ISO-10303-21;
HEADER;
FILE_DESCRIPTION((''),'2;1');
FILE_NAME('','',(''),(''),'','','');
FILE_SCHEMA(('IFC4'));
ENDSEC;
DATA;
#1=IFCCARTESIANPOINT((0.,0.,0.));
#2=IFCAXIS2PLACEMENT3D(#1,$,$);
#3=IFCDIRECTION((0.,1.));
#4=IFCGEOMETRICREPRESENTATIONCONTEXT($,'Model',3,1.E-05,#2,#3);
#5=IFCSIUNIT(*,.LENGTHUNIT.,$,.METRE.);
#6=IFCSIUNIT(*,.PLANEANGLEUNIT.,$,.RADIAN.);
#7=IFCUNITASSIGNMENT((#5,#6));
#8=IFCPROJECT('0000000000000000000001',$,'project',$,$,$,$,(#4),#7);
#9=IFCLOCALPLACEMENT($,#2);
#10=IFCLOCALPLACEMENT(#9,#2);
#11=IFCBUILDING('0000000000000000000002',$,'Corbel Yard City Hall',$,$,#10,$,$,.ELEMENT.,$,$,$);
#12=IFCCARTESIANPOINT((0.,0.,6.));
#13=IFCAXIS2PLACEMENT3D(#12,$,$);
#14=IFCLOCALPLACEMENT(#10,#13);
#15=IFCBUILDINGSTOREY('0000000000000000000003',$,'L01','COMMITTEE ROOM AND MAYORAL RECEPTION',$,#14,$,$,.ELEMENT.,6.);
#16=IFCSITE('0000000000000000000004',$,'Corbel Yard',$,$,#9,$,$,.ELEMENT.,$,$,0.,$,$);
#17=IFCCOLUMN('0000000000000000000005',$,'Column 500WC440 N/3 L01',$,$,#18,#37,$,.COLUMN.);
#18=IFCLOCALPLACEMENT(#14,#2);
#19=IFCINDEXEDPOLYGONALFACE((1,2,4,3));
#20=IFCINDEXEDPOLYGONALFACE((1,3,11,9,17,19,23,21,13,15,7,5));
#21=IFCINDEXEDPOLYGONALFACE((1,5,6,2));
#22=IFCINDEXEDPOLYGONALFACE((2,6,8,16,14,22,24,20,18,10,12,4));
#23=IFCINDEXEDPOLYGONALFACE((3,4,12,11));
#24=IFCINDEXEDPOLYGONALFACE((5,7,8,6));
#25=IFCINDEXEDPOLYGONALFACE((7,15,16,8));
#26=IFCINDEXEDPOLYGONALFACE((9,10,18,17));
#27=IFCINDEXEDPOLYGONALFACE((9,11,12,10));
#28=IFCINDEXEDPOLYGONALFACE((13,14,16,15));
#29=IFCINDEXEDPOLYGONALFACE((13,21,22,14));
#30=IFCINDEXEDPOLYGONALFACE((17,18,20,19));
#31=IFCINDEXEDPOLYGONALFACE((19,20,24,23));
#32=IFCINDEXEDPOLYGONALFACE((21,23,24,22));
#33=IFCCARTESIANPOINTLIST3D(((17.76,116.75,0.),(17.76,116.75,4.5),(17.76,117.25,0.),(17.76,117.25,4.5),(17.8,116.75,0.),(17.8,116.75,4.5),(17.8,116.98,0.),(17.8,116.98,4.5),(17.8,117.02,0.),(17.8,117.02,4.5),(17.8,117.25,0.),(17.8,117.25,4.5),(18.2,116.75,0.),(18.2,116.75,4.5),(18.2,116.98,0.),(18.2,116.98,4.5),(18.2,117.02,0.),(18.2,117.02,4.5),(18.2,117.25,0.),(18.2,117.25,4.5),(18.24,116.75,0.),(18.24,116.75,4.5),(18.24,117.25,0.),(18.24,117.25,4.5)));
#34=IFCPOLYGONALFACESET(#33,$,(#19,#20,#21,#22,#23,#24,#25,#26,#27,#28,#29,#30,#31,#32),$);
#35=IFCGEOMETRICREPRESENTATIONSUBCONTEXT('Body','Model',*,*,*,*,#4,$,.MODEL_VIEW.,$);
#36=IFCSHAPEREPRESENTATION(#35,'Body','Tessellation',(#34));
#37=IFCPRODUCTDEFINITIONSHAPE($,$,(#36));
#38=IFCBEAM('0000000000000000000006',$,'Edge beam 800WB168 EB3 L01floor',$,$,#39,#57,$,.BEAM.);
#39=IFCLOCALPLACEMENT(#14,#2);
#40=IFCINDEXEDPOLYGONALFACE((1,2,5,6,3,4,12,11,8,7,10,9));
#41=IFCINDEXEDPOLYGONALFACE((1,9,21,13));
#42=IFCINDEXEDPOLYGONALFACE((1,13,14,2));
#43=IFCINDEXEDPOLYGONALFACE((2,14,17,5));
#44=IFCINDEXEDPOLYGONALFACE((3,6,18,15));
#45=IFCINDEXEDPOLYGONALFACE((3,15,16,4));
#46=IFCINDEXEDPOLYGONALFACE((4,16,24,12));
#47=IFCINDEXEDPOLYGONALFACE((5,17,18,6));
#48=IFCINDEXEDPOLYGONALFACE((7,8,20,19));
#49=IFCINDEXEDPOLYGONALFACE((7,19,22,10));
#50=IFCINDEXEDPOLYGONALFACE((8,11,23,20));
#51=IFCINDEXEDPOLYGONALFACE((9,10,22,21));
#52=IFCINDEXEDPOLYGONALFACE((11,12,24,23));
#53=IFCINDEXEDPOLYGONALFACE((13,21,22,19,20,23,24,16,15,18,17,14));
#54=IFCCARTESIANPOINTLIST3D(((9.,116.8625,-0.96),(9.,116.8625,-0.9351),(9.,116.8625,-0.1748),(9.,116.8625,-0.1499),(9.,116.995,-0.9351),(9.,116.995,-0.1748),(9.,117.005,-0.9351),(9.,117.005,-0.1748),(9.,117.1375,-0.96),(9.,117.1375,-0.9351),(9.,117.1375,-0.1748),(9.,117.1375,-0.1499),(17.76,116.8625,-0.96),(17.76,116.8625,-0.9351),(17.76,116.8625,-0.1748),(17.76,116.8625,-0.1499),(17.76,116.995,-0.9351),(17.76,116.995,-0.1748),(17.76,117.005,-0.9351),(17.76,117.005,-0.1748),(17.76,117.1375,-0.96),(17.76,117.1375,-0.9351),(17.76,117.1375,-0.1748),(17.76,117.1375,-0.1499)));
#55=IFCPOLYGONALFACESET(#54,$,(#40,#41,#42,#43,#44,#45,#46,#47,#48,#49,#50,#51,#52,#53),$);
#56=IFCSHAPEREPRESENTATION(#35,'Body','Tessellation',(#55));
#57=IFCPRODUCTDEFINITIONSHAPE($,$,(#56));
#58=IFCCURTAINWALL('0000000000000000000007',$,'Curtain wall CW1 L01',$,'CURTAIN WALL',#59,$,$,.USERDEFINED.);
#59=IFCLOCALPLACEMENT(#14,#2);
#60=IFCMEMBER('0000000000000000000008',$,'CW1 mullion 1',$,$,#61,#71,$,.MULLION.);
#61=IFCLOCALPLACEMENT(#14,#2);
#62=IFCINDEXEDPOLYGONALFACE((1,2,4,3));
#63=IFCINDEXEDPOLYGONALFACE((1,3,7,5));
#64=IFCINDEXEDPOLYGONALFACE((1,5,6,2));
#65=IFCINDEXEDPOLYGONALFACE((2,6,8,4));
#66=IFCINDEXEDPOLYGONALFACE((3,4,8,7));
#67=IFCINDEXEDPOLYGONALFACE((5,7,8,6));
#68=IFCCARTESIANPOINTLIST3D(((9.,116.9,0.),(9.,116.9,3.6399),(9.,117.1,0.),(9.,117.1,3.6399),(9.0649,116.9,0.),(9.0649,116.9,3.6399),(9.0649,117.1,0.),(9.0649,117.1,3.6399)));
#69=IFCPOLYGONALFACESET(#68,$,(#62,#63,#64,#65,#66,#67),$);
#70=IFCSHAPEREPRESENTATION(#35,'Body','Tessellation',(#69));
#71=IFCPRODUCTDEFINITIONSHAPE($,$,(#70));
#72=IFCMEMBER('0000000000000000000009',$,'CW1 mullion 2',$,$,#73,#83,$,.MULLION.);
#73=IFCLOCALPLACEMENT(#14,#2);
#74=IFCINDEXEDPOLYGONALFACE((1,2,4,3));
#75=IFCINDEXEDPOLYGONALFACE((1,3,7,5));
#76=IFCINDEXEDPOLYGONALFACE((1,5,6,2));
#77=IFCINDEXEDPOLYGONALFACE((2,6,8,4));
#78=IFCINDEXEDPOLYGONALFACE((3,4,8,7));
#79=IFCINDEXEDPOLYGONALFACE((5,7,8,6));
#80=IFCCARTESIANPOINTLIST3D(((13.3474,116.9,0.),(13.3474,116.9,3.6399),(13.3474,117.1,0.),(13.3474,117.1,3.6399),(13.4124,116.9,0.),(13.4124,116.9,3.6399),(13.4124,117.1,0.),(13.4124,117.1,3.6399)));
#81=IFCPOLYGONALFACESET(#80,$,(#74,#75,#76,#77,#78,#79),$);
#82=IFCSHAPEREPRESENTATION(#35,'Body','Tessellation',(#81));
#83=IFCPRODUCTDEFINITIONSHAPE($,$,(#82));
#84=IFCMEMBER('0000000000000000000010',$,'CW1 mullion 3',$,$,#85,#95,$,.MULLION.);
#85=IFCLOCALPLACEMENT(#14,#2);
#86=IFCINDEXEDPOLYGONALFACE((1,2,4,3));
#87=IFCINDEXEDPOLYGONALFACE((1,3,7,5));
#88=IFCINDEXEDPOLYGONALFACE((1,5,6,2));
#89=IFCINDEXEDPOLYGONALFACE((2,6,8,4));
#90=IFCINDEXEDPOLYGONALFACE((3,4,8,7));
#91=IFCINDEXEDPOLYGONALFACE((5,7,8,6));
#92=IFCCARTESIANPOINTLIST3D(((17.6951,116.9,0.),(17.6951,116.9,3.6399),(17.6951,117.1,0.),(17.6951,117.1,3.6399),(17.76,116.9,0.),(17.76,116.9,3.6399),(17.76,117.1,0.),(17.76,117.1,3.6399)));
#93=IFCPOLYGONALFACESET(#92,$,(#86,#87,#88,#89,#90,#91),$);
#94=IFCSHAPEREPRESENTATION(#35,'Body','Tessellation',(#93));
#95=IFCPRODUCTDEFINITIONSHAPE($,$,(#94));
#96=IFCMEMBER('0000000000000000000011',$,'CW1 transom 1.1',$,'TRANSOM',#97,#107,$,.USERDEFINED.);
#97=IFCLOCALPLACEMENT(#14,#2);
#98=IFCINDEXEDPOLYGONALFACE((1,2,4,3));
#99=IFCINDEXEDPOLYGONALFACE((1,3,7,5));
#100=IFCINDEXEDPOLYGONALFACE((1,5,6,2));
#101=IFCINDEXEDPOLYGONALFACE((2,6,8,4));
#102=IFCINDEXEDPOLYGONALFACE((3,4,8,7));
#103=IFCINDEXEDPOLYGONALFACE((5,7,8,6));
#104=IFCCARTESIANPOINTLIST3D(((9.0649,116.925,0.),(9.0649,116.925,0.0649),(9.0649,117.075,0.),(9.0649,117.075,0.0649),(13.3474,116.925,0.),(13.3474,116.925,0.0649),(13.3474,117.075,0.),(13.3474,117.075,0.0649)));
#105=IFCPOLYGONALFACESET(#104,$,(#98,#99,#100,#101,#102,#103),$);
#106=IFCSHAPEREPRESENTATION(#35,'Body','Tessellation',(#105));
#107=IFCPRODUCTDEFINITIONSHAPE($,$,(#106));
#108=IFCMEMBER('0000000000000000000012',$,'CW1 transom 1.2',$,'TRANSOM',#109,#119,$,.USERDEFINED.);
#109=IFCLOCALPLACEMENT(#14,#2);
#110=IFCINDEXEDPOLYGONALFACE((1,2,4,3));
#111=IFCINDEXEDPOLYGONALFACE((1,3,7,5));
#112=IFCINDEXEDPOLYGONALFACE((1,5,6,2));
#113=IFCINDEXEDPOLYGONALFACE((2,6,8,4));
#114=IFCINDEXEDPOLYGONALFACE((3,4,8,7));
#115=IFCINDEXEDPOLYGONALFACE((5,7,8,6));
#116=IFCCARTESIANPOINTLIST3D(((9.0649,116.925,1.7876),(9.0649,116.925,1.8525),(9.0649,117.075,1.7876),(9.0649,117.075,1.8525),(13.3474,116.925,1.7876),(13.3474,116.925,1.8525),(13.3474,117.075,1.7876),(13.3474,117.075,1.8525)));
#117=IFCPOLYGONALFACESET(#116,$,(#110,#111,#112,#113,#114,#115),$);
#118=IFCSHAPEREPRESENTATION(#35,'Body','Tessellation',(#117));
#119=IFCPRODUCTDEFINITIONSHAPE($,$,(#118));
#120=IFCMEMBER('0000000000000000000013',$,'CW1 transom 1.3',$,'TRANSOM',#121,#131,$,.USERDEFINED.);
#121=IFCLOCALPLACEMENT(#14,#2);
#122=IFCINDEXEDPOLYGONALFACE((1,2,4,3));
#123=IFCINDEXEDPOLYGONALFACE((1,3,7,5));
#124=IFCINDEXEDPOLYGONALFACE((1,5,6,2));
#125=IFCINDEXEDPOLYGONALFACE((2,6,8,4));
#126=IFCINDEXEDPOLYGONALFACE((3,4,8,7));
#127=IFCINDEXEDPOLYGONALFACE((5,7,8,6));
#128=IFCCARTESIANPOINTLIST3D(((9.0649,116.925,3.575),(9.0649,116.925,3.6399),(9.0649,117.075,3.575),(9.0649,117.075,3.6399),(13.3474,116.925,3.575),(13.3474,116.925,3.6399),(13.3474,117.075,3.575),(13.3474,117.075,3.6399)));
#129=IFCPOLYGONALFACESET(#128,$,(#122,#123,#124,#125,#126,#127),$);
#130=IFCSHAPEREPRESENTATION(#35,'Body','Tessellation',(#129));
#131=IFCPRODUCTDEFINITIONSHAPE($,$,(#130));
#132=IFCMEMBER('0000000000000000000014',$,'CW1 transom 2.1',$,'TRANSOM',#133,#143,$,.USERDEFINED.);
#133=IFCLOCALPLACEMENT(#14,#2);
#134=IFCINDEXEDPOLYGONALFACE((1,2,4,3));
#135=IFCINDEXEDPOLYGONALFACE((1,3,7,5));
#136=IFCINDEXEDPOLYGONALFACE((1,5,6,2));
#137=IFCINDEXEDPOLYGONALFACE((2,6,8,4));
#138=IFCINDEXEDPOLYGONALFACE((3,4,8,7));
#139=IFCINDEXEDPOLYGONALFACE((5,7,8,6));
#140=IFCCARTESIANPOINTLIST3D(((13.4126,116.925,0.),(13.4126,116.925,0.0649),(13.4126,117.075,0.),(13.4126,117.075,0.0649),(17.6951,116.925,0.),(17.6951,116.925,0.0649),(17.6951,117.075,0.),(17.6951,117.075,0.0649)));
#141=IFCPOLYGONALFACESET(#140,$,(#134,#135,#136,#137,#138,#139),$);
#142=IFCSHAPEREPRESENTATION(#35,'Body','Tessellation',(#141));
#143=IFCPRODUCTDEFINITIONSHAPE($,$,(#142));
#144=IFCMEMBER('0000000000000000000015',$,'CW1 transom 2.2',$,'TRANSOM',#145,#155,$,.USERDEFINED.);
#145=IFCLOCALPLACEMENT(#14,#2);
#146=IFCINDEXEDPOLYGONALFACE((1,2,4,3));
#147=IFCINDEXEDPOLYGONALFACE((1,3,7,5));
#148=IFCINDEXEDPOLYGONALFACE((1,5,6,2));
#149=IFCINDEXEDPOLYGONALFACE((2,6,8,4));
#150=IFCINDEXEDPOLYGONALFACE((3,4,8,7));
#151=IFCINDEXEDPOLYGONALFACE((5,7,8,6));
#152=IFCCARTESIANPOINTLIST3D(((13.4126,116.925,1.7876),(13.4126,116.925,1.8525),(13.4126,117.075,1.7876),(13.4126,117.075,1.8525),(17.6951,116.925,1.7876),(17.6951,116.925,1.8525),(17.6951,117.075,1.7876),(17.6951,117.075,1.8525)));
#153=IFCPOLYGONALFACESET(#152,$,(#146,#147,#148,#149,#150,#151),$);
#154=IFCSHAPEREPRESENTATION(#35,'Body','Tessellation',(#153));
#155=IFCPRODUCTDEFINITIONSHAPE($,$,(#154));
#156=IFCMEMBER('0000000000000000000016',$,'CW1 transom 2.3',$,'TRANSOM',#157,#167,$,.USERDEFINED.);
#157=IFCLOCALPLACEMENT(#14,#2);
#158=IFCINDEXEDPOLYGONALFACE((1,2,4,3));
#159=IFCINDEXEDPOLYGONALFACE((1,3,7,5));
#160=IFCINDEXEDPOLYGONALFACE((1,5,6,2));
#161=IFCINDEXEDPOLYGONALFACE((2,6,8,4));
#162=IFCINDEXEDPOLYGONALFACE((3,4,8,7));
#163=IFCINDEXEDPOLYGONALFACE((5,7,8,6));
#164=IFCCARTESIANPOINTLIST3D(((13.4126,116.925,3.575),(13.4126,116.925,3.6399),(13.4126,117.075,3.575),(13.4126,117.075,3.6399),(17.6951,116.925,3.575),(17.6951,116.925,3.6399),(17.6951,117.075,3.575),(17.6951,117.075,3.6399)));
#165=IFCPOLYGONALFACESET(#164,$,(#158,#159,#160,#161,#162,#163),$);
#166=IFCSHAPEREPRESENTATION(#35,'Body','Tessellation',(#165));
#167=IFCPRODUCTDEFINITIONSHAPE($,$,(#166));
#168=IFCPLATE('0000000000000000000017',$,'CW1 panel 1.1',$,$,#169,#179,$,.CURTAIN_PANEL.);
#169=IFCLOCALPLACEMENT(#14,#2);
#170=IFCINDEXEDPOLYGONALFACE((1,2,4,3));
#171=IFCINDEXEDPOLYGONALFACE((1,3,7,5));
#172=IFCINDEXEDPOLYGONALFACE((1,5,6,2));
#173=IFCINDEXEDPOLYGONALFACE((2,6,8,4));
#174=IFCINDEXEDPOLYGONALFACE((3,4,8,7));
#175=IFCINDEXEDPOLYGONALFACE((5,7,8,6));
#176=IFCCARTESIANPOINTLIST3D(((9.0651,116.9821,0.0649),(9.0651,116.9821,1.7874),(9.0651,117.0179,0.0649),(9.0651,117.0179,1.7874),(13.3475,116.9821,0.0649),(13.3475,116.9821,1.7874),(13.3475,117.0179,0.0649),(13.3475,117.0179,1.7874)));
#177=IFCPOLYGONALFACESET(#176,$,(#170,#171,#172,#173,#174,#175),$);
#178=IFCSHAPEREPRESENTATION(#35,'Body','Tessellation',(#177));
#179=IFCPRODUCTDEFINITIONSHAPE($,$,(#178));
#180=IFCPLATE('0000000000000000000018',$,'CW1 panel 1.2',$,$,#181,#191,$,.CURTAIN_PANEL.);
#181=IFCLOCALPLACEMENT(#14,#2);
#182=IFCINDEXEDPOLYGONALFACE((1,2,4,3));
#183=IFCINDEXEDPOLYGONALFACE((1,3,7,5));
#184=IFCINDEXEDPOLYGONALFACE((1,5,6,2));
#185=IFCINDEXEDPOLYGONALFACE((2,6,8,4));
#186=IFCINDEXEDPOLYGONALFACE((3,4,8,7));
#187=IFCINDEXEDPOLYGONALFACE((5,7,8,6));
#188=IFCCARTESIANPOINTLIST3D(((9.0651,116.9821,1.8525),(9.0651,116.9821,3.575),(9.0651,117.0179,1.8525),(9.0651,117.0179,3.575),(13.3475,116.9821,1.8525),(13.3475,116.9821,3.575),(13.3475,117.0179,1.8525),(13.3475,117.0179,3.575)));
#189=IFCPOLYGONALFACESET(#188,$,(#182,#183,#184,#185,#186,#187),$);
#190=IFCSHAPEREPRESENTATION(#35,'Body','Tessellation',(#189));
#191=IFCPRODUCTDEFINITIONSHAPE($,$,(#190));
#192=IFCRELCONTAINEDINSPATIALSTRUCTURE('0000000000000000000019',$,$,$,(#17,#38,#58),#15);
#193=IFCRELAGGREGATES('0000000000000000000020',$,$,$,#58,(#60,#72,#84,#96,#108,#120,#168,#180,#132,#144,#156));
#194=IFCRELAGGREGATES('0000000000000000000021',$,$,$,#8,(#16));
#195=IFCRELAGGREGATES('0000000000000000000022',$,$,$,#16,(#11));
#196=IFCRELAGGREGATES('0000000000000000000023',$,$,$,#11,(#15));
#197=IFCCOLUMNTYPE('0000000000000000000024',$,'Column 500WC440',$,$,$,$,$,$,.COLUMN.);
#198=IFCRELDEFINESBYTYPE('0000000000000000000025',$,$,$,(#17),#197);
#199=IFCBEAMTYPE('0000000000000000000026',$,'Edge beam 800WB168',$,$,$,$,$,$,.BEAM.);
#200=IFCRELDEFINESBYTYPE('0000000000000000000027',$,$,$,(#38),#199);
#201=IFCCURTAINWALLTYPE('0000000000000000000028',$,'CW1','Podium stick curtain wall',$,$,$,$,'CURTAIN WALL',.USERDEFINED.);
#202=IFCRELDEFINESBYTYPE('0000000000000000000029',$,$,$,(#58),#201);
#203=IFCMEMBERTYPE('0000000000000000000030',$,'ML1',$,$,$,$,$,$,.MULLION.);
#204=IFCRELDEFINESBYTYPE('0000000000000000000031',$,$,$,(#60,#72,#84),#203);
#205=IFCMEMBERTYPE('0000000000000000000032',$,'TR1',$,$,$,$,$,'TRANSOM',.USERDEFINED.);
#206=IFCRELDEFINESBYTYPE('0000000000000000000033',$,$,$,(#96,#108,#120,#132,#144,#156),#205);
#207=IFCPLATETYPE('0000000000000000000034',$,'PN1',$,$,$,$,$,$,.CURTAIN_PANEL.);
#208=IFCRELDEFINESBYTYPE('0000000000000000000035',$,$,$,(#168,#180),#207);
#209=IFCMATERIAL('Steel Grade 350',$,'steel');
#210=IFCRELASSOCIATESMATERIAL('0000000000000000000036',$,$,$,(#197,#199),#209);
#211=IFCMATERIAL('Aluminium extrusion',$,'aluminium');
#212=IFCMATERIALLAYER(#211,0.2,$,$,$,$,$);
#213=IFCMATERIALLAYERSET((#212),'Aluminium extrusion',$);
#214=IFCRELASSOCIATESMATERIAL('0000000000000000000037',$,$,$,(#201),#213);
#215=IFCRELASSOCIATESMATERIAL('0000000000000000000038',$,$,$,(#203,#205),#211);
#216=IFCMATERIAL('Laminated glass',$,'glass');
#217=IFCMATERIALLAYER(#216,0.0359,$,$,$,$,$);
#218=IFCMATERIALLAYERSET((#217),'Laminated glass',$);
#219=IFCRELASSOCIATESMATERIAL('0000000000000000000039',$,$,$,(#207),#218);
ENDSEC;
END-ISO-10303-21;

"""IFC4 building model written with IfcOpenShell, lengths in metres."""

from ifc_helpers import new_model, si_unit, direction, frame, origin, origin_2d, place, context, subcontext, project, spatial, rectangle, i_section, extrude, material, layer, layer_set, material_profile, profile_set, type_object, element, aggregate, save


model = new_model("IFC4")

# Units and contexts
model_context = context("Model", 3, precision=1e-05, world=origin(), true_north=direction((0.0, 1.0)))
body_context = subcontext(model_context, "Body", "Model", "MODEL_VIEW")
ifc_project = project(units=[si_unit("LENGTHUNIT", "METRE"), si_unit("PLANEANGLEUNIT", "RADIAN")], contexts=[model_context])

# Site, building, storey
site_placement = place(None, origin())
site = spatial("IfcSite", under=ifc_project, at=site_placement, Name="Corbel Yard", CompositionType="ELEMENT", RefElevation=0.0)
building_placement = place(site_placement, origin())
building = spatial("IfcBuilding", under=site, at=building_placement, Name="Corbel Yard City Hall", CompositionType="ELEMENT")
storey_placement = place(building_placement, frame((0.0, 0.0, 6.0)))
storey = spatial("IfcBuildingStorey", under=building, at=storey_placement, Name="L01", Description="COMMITTEE ROOM AND MAYORAL RECEPTION", CompositionType="ELEMENT", Elevation=6.0)

# Column
ifc_material_1 = material(Name="Steel Grade 350", Category="steel")
ifc_material_profile_1 = material_profile(ifc_material_1, i_section(OverallWidth=0.5, OverallDepth=0.48, WebThickness=0.04, FlangeThickness=0.04, at=origin_2d()), Name="500WC440")
ifc_profile_set_1 = profile_set([ifc_material_profile_1], Name="Steel Grade 350")
column_type = type_object("IfcColumnType", Name="Column 500WC440", PredefinedType="COLUMN", material=ifc_profile_set_1)
column_placement = place(storey_placement, frame((18.0, 117.0, 0.0), z_axis=(0.0, 0.0, 1.0), x_axis=(0.0, 1.0, 0.0)))
element("IfcColumn", 1, at=column_placement, inside=storey, type_object=column_type, Name="Column 500WC440 N/3 L01", PredefinedType="COLUMN", context=body_context, shape_type="SweptSolid", body=[
    extrude(i_section(OverallWidth=0.5, OverallDepth=0.48, WebThickness=0.04, FlangeThickness=0.04, at=origin_2d()), origin(), (0.0, 0.0, 1.0), 4.5),
])

# Beam
ifc_material_profile_2 = material_profile(ifc_material_1, i_section(OverallWidth=0.2749, OverallDepth=0.8101, WebThickness=0.01, FlangeThickness=0.0249, at=origin_2d()), Name="800WB168")
ifc_profile_set_2 = profile_set([ifc_material_profile_2], Name="Steel Grade 350")
beam_type = type_object("IfcBeamType", Name="Edge beam 800WB168", PredefinedType="BEAM", material=ifc_profile_set_2)
beam_placement = place(storey_placement, frame((9.0, 117.0, -0.5549), z_axis=(1.0, 0.0, 0.0), x_axis=(0.0, 1.0, 0.0)))
element("IfcBeam", 2, at=beam_placement, inside=storey, type_object=beam_type, Name="Edge beam 800WB168 EB3 L01floor", PredefinedType="BEAM", context=body_context, shape_type="SweptSolid", body=[
    extrude(i_section(OverallWidth=0.2749, OverallDepth=0.8101, WebThickness=0.01, FlangeThickness=0.0249, at=origin_2d()), origin(), (0.0, 0.0, 1.0), 8.76),
])

# Curtain wall, members, plates
ifc_material_2 = material(Name="Aluminium extrusion", Category="aluminium")
ifc_layer_1 = layer(ifc_material_2, 0.2)
ifc_layer_set_1 = layer_set([ifc_layer_1], Name="Aluminium extrusion")
curtain_wall_type = type_object("IfcCurtainWallType", Name="CW1", Description="Podium stick curtain wall", ElementType="CURTAIN WALL", PredefinedType="USERDEFINED", material=ifc_layer_set_1)
curtain_wall_placement = place(storey_placement, origin())
curtain_wall = element("IfcCurtainWall", 3, at=curtain_wall_placement, inside=storey, type_object=curtain_wall_type, Name="Curtain wall CW1 L01", ObjectType="CURTAIN WALL", PredefinedType="USERDEFINED")
ifc_material_profile_3 = material_profile(ifc_material_2, rectangle(XDim=0.2, YDim=0.0649, at=origin_2d()), Name="200x65")
ifc_profile_set_3 = profile_set([ifc_material_profile_3], Name="Aluminium extrusion")
member_type_1 = type_object("IfcMemberType", Name="ML1", PredefinedType="MULLION", material=ifc_profile_set_3)
member_1_placement = place(storey_placement, frame((9.0325, 117.0, 0.0), z_axis=(0.0, 0.0, 1.0), x_axis=(0.0, 1.0, 0.0)))
member_1 = element("IfcMember", 4, at=member_1_placement, type_object=member_type_1, Name="CW1 mullion 1", PredefinedType="MULLION", context=body_context, shape_type="SweptSolid", body=[
    extrude(rectangle(XDim=0.2, YDim=0.0649, at=origin_2d()), origin(), (0.0, 0.0, 1.0), 3.6399),
])
member_2_placement = place(storey_placement, frame((13.3799, 117.0, 0.0), z_axis=(0.0, 0.0, 1.0), x_axis=(0.0, 1.0, 0.0)))
member_2 = element("IfcMember", 5, at=member_2_placement, type_object=member_type_1, Name="CW1 mullion 2", PredefinedType="MULLION", context=body_context, shape_type="SweptSolid", body=[
    extrude(rectangle(XDim=0.2, YDim=0.0649, at=origin_2d()), origin(), (0.0, 0.0, 1.0), 3.6399),
])
member_3_placement = place(storey_placement, frame((17.7275, 117.0, 0.0), z_axis=(0.0, 0.0, 1.0), x_axis=(0.0, 1.0, 0.0)))
member_3 = element("IfcMember", 6, at=member_3_placement, type_object=member_type_1, Name="CW1 mullion 3", PredefinedType="MULLION", context=body_context, shape_type="SweptSolid", body=[
    extrude(rectangle(XDim=0.2, YDim=0.0649, at=origin_2d()), origin(), (0.0, 0.0, 1.0), 3.6399),
])
ifc_material_profile_4 = material_profile(ifc_material_2, rectangle(XDim=0.1499, YDim=0.0649, at=origin_2d()), Name="150x65")
ifc_profile_set_4 = profile_set([ifc_material_profile_4], Name="Aluminium extrusion")
member_type_2 = type_object("IfcMemberType", Name="TR1", ElementType="TRANSOM", PredefinedType="USERDEFINED", material=ifc_profile_set_4)
member_4_placement = place(storey_placement, frame((9.0649, 117.0, 0.0325), z_axis=(1.0, 0.0, 0.0), x_axis=(0.0, 1.0, 0.0)))
member_4 = element("IfcMember", 7, at=member_4_placement, type_object=member_type_2, Name="CW1 transom 1.1", ObjectType="TRANSOM", PredefinedType="USERDEFINED", context=body_context, shape_type="SweptSolid", body=[
    extrude(rectangle(XDim=0.1499, YDim=0.0649, at=origin_2d()), origin(), (0.0, 0.0, 1.0), 4.2825),
])
member_5_placement = place(storey_placement, frame((9.0649, 117.0, 1.8201), z_axis=(1.0, 0.0, 0.0), x_axis=(0.0, 1.0, 0.0)))
member_5 = element("IfcMember", 8, at=member_5_placement, type_object=member_type_2, Name="CW1 transom 1.2", ObjectType="TRANSOM", PredefinedType="USERDEFINED", context=body_context, shape_type="SweptSolid", body=[
    extrude(rectangle(XDim=0.1499, YDim=0.0649, at=origin_2d()), origin(), (0.0, 0.0, 1.0), 4.2825),
])
member_6_placement = place(storey_placement, frame((9.0649, 117.0, 3.6074), z_axis=(1.0, 0.0, 0.0), x_axis=(0.0, 1.0, 0.0)))
member_6 = element("IfcMember", 9, at=member_6_placement, type_object=member_type_2, Name="CW1 transom 1.3", ObjectType="TRANSOM", PredefinedType="USERDEFINED", context=body_context, shape_type="SweptSolid", body=[
    extrude(rectangle(XDim=0.1499, YDim=0.0649, at=origin_2d()), origin(), (0.0, 0.0, 1.0), 4.2825),
])
member_7_placement = place(storey_placement, frame((13.4126, 117.0, 0.0325), z_axis=(1.0, 0.0, 0.0), x_axis=(0.0, 1.0, 0.0)))
member_7 = element("IfcMember", 10, at=member_7_placement, type_object=member_type_2, Name="CW1 transom 2.1", ObjectType="TRANSOM", PredefinedType="USERDEFINED", context=body_context, shape_type="SweptSolid", body=[
    extrude(rectangle(XDim=0.1499, YDim=0.0649, at=origin_2d()), origin(), (0.0, 0.0, 1.0), 4.2825),
])
member_8_placement = place(storey_placement, frame((13.4126, 117.0, 1.8201), z_axis=(1.0, 0.0, 0.0), x_axis=(0.0, 1.0, 0.0)))
member_8 = element("IfcMember", 11, at=member_8_placement, type_object=member_type_2, Name="CW1 transom 2.2", ObjectType="TRANSOM", PredefinedType="USERDEFINED", context=body_context, shape_type="SweptSolid", body=[
    extrude(rectangle(XDim=0.1499, YDim=0.0649, at=origin_2d()), origin(), (0.0, 0.0, 1.0), 4.2825),
])
member_9_placement = place(storey_placement, frame((13.4126, 117.0, 3.6074), z_axis=(1.0, 0.0, 0.0), x_axis=(0.0, 1.0, 0.0)))
member_9 = element("IfcMember", 12, at=member_9_placement, type_object=member_type_2, Name="CW1 transom 2.3", ObjectType="TRANSOM", PredefinedType="USERDEFINED", context=body_context, shape_type="SweptSolid", body=[
    extrude(rectangle(XDim=0.1499, YDim=0.0649, at=origin_2d()), origin(), (0.0, 0.0, 1.0), 4.2825),
])
ifc_material_3 = material(Name="Laminated glass", Category="glass")
ifc_layer_2 = layer(ifc_material_3, 0.0359)
ifc_layer_set_2 = layer_set([ifc_layer_2], Name="Laminated glass")
plate_type = type_object("IfcPlateType", Name="PN1", PredefinedType="CURTAIN_PANEL", material=ifc_layer_set_2)
plate_1_placement = place(storey_placement, frame((11.2063, 117.0, 0.0649), z_axis=(0.0, 0.0, 1.0), x_axis=(1.0, 0.0, 0.0)))
plate_1 = element("IfcPlate", 13, at=plate_1_placement, type_object=plate_type, Name="CW1 panel 1.1", PredefinedType="CURTAIN_PANEL", context=body_context, shape_type="SweptSolid", body=[
    extrude(rectangle(XDim=4.2825, YDim=0.0359, at=origin_2d()), origin(), (0.0, 0.0, 1.0), 1.7224),
])
plate_2_placement = place(storey_placement, frame((11.2063, 117.0, 1.8525), z_axis=(0.0, 0.0, 1.0), x_axis=(1.0, 0.0, 0.0)))
plate_2 = element("IfcPlate", 14, at=plate_2_placement, type_object=plate_type, Name="CW1 panel 1.2", PredefinedType="CURTAIN_PANEL", context=body_context, shape_type="SweptSolid", body=[
    extrude(rectangle(XDim=4.2825, YDim=0.0359, at=origin_2d()), origin(), (0.0, 0.0, 1.0), 1.7224),
])
aggregate(curtain_wall, [member_1, member_2, member_3, member_4, member_5, member_6, plate_1, plate_2, member_7, member_8, member_9])

save(model, "model.ifc")
